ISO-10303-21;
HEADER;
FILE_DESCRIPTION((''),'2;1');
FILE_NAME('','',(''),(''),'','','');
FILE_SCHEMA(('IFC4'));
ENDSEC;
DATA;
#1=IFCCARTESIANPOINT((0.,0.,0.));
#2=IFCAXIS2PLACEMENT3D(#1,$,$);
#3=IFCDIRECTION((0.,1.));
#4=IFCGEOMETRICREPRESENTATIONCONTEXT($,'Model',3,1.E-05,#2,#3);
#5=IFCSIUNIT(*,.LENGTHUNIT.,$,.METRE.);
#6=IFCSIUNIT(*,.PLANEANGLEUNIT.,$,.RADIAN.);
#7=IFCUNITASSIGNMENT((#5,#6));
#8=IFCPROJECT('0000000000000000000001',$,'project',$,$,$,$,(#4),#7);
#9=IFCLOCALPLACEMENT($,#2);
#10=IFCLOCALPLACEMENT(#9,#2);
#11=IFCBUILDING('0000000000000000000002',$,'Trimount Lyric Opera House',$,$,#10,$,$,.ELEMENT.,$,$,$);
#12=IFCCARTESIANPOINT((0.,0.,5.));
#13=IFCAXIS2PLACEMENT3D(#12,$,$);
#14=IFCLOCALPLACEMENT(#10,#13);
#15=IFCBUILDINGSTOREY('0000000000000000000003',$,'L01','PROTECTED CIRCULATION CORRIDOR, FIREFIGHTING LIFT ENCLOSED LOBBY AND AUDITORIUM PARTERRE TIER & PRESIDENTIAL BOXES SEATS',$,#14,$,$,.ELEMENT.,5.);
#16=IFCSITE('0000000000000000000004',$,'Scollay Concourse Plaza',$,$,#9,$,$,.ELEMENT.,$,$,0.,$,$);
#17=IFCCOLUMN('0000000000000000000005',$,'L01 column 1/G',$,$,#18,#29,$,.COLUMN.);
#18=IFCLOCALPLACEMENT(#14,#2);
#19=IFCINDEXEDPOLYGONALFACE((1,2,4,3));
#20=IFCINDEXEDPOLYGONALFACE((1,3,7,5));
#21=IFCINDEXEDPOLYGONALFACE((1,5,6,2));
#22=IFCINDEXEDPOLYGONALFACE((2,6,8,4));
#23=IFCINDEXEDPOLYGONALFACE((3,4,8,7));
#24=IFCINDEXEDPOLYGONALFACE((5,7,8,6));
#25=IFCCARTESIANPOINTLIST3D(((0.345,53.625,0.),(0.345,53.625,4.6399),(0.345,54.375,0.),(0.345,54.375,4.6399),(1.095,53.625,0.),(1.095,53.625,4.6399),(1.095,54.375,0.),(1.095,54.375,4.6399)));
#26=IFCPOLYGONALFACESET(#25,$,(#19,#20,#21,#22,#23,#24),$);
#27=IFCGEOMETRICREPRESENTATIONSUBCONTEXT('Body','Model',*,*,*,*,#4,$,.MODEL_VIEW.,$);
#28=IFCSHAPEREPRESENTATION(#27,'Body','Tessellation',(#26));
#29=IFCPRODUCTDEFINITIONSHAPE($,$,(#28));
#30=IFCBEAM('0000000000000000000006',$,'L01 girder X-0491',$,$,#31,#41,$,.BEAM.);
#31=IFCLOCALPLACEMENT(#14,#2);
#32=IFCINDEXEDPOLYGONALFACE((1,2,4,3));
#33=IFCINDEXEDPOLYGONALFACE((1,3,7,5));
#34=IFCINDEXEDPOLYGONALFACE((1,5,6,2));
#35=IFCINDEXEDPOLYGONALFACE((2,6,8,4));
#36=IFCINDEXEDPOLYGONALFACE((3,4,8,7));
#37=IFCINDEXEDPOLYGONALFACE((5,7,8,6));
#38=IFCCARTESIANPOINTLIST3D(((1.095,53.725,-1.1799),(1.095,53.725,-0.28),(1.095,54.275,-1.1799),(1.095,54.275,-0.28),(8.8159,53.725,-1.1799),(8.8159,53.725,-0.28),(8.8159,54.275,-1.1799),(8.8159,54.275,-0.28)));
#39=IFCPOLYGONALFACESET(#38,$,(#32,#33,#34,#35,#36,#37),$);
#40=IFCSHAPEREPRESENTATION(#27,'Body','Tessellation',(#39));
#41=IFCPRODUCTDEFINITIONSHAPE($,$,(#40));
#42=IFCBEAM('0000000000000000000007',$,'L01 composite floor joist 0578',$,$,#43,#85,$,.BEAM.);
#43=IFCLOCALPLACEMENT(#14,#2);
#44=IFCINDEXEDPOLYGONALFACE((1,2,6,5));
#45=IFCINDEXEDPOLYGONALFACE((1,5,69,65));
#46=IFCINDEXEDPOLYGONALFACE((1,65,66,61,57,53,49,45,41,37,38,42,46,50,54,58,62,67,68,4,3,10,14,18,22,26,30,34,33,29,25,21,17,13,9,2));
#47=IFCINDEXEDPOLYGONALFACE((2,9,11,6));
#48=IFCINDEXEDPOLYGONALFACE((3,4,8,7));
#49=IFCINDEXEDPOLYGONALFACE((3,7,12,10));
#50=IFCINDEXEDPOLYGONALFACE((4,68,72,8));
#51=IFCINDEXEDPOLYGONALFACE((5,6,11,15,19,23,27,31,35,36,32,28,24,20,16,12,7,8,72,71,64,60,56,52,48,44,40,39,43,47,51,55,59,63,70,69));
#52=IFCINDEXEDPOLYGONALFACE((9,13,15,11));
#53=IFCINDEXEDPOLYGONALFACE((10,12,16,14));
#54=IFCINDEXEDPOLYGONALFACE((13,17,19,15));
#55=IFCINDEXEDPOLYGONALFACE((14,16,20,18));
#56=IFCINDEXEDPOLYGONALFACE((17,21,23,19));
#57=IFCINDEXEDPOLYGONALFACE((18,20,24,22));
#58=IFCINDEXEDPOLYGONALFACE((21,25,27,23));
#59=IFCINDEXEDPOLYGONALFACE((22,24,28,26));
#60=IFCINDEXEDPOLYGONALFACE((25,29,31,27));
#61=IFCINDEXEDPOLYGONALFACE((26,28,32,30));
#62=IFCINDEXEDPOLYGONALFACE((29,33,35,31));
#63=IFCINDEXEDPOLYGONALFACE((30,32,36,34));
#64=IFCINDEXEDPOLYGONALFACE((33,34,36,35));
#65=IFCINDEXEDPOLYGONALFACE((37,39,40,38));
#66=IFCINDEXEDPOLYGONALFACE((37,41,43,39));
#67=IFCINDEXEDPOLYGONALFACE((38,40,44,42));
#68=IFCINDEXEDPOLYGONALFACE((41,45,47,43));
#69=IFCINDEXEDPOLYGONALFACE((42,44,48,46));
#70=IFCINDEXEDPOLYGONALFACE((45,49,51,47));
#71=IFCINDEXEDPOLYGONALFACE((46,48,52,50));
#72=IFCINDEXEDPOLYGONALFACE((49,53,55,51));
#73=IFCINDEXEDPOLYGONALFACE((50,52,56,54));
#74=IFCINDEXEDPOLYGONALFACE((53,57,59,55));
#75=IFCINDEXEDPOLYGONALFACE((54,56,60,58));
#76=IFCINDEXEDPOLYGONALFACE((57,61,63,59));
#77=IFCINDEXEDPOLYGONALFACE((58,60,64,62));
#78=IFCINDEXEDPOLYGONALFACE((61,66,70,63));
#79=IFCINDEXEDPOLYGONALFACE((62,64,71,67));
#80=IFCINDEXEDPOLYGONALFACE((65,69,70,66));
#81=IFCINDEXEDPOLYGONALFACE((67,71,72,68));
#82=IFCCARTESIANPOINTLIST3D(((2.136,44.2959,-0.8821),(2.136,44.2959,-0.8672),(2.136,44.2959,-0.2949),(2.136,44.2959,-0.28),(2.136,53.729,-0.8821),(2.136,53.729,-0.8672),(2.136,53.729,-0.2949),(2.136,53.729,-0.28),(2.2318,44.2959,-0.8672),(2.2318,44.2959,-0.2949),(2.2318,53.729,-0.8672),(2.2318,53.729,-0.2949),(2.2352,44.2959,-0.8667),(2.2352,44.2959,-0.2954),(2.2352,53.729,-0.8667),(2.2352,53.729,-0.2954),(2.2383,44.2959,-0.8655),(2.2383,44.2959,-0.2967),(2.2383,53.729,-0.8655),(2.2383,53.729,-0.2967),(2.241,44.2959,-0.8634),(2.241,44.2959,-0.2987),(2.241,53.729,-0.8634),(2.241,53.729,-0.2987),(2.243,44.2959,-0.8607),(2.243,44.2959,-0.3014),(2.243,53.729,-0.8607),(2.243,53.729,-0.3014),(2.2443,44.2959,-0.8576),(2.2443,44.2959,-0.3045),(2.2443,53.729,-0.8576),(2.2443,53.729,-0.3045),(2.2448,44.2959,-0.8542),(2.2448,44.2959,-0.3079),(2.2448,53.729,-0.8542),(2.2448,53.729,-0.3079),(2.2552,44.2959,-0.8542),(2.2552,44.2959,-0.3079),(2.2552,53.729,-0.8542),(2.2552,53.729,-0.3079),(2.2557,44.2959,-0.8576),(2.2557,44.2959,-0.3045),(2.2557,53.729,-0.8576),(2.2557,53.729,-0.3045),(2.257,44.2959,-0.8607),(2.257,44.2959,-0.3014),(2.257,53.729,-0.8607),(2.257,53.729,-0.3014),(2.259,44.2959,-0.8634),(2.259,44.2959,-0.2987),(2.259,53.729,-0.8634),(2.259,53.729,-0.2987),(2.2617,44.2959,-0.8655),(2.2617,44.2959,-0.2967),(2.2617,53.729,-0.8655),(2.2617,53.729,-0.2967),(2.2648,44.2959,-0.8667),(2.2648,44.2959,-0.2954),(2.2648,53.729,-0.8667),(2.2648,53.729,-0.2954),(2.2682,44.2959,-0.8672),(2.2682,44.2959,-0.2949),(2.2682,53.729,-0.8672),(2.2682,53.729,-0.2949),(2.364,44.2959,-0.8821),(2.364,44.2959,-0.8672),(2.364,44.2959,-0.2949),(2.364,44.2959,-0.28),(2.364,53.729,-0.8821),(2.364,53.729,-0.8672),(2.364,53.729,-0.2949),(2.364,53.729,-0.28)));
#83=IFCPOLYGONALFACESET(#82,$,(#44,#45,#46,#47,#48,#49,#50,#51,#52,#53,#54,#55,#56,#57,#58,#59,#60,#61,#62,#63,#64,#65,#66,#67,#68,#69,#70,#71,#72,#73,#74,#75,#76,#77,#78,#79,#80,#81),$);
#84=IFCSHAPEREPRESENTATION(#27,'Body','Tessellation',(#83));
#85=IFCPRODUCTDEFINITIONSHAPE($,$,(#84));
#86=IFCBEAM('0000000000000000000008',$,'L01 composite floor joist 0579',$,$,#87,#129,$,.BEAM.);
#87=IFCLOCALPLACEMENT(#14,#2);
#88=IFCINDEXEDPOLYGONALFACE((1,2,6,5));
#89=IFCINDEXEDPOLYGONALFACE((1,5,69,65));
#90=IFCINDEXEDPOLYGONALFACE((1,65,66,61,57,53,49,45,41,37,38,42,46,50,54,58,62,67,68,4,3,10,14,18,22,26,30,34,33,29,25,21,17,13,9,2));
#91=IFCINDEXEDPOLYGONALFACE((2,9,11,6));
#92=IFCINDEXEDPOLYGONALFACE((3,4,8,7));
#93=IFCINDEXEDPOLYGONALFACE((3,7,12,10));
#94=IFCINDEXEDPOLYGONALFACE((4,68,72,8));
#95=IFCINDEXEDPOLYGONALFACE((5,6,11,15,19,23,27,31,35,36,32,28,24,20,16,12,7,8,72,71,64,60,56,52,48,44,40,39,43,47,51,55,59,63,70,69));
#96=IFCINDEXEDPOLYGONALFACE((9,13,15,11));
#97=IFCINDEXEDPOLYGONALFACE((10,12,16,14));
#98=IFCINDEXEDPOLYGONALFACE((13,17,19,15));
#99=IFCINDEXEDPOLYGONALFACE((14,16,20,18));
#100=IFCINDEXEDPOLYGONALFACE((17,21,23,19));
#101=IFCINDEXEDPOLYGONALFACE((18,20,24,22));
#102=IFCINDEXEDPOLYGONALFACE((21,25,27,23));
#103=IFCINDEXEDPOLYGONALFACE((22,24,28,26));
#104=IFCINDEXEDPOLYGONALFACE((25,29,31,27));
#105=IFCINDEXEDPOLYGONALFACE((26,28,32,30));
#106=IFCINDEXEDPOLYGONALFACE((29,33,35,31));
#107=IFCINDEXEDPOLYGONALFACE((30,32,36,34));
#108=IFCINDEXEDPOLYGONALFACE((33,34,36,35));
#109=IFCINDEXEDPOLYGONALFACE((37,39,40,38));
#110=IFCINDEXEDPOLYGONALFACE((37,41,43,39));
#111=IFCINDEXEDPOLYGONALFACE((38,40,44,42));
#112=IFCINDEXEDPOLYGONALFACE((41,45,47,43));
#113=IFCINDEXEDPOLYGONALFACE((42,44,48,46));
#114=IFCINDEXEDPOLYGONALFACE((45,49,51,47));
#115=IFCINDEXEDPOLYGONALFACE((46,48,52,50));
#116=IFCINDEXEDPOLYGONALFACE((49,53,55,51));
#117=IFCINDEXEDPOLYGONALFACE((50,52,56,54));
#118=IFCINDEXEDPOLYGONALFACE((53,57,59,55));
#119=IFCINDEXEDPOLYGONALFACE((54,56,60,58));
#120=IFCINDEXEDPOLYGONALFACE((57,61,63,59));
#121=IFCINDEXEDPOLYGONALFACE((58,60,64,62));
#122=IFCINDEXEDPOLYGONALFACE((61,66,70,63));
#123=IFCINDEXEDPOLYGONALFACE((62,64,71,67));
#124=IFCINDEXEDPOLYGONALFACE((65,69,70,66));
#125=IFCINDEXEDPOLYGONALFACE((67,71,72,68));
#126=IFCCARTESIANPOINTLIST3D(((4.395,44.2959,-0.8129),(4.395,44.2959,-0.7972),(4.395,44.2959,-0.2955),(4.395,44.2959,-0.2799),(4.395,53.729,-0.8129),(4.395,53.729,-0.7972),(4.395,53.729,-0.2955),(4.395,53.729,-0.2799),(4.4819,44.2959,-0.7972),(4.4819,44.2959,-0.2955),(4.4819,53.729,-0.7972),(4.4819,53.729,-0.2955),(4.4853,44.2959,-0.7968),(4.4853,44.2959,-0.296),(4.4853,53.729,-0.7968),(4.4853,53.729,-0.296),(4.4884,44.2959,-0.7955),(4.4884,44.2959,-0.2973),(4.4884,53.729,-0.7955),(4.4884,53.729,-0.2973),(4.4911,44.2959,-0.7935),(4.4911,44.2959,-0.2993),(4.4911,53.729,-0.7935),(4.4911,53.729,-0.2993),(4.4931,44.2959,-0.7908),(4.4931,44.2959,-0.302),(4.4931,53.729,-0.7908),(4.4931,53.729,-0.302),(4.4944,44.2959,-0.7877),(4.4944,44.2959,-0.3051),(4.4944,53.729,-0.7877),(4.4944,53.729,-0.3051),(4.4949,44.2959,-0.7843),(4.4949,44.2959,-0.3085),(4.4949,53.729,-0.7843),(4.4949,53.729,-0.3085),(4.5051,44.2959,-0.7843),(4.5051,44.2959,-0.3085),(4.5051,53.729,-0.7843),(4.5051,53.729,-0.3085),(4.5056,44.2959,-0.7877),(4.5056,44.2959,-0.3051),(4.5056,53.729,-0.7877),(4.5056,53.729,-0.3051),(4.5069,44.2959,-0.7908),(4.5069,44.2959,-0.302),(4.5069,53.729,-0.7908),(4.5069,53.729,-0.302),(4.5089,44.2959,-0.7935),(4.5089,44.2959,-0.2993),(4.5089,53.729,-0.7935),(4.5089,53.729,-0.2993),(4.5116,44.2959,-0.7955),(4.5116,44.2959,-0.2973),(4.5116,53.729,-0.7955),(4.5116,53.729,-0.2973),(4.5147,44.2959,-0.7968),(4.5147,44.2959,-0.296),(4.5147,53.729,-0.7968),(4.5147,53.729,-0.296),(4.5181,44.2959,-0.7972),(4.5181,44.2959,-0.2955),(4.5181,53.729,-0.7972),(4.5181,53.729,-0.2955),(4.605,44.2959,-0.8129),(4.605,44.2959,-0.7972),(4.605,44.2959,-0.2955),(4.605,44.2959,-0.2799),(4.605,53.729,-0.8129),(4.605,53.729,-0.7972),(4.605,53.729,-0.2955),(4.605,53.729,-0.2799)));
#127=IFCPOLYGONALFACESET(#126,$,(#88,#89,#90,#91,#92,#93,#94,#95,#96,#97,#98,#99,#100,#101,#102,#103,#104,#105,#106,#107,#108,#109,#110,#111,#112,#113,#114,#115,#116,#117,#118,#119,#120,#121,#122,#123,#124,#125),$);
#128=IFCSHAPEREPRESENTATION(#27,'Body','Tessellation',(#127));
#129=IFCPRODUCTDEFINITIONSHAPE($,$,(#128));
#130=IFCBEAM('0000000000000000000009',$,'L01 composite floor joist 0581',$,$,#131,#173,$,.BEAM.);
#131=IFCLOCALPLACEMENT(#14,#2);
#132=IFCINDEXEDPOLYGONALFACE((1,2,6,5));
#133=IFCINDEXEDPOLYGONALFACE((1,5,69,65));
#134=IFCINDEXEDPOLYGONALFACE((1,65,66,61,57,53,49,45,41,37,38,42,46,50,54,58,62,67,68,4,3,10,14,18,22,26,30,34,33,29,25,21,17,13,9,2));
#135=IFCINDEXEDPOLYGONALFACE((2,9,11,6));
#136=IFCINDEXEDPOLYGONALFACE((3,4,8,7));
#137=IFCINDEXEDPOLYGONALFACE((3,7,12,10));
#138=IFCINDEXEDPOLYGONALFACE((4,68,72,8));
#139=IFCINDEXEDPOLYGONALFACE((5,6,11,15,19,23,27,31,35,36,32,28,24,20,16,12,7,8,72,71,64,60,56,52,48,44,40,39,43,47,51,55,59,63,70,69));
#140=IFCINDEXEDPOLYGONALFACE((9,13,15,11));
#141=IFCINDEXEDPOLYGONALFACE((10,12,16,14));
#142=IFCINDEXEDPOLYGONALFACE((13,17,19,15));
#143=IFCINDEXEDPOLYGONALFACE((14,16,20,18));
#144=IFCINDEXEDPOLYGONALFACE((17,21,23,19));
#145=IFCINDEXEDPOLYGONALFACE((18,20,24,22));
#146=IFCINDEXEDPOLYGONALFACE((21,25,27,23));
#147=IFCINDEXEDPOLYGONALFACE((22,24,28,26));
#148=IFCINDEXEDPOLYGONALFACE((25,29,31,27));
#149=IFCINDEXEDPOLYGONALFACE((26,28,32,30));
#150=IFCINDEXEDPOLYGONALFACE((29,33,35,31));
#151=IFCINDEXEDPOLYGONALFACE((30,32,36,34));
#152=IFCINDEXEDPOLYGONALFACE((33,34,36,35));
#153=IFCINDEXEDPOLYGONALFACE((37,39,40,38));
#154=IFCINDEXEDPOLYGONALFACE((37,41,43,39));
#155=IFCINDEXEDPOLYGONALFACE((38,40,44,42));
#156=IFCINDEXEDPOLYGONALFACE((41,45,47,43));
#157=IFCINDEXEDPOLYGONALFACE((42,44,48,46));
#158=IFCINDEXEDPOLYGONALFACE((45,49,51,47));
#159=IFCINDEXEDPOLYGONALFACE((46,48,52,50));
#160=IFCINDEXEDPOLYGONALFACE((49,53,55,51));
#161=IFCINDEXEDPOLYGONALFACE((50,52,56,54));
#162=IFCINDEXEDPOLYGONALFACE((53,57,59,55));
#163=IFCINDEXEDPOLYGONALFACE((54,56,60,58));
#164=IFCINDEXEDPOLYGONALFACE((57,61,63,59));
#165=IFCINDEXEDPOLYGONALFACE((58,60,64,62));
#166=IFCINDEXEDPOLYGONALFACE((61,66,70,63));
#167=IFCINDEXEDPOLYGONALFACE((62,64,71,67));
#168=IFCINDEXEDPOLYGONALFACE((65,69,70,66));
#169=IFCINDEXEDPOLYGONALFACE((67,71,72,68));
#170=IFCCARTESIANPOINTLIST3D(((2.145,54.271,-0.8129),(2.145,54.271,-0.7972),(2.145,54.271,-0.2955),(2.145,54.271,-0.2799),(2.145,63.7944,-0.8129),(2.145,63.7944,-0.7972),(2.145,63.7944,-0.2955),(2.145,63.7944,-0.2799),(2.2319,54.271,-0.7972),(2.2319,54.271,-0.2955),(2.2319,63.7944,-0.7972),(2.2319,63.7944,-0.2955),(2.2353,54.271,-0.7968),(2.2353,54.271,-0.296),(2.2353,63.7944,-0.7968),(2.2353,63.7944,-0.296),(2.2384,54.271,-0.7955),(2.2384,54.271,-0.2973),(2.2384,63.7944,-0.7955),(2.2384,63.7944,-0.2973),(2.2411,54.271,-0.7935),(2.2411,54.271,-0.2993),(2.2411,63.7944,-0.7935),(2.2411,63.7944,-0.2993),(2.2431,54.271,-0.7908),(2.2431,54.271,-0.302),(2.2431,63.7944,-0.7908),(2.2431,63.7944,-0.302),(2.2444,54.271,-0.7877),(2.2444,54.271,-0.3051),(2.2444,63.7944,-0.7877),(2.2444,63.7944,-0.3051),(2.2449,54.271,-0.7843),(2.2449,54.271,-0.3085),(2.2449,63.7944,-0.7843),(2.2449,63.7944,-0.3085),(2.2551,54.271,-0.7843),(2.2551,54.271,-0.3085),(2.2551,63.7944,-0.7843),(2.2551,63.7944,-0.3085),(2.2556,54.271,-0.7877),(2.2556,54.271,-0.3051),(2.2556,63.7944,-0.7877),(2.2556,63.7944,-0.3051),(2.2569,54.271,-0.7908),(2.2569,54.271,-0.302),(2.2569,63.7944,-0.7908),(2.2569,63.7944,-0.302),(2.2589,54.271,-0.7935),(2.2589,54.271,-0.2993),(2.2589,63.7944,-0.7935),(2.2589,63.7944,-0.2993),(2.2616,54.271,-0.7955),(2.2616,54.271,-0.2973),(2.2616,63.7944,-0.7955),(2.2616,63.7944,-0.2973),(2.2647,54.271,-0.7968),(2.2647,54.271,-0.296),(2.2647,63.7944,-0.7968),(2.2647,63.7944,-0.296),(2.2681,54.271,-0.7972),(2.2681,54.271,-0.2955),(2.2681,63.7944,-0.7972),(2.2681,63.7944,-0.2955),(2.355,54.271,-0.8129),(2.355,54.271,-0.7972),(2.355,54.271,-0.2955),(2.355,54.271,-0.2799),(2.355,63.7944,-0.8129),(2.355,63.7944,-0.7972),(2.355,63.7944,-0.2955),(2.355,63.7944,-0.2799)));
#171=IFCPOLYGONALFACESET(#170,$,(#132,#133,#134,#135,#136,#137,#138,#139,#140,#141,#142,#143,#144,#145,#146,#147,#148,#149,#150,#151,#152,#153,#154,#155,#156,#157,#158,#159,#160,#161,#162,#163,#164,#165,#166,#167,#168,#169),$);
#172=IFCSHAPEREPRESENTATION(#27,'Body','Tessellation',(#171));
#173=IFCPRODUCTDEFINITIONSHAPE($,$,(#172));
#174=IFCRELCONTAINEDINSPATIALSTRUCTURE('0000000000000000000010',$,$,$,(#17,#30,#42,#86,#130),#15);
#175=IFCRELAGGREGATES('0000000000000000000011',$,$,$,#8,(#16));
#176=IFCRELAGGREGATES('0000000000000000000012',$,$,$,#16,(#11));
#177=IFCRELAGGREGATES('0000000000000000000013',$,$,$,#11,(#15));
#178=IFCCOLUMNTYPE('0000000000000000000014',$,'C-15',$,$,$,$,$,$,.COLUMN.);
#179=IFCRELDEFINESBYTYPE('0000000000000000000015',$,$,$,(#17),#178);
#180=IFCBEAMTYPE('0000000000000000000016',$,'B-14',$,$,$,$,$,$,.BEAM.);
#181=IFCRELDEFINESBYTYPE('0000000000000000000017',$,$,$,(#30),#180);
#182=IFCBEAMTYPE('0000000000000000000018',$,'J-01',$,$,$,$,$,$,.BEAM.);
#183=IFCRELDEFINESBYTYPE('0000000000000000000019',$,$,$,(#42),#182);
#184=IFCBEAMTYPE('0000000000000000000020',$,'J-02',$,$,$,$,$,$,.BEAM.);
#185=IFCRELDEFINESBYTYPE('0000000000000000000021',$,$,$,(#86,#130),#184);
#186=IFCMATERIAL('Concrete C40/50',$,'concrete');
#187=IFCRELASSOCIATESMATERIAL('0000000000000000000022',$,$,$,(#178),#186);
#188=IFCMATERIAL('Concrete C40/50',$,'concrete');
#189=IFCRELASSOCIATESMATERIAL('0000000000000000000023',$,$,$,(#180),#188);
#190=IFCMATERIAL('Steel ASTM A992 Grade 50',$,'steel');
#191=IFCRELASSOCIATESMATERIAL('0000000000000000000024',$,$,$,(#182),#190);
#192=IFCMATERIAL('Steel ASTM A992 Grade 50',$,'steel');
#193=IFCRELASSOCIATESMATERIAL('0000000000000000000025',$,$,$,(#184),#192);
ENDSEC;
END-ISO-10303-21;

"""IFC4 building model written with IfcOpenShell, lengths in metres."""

from ifc_helpers import new_model, si_unit, direction, frame, origin, origin_2d, place, context, subcontext, project, spatial, rectangle, i_section, extrude, material, material_profile, profile_set, type_object, element, save


model = new_model("IFC4")

# Units and contexts
model_context = context("Model", 3, precision=1e-05, world=origin(), true_north=direction((0.0, 1.0)))
body_context = subcontext(model_context, "Body", "Model", "MODEL_VIEW")
ifc_project = project(units=[si_unit("LENGTHUNIT", "METRE"), si_unit("PLANEANGLEUNIT", "RADIAN")], contexts=[model_context])

# Site, building, storey
site_placement = place(None, origin())
site = spatial("IfcSite", under=ifc_project, at=site_placement, Name="Scollay Concourse Plaza", CompositionType="ELEMENT", RefElevation=0.0)
building_placement = place(site_placement, origin())
building = spatial("IfcBuilding", under=site, at=building_placement, Name="Trimount Lyric Opera House", CompositionType="ELEMENT")
storey_placement = place(building_placement, frame((0.0, 0.0, 5.0)))
storey = spatial("IfcBuildingStorey", under=building, at=storey_placement, Name="L01", Description="PROTECTED CIRCULATION CORRIDOR, FIREFIGHTING LIFT ENCLOSED LOBBY AND AUDITORIUM PARTERRE TIER & PRESIDENTIAL BOXES SEATS", CompositionType="ELEMENT", Elevation=5.0)

# Column
ifc_material_1 = material(Name="Concrete C40/50", Category="concrete")
ifc_material_profile_1 = material_profile(ifc_material_1, rectangle(XDim=0.75, YDim=0.75, at=origin_2d()), Name="RC750X750")
ifc_profile_set_1 = profile_set([ifc_material_profile_1], Name="Concrete C40/50")
column_type = type_object("IfcColumnType", Name="C-15", PredefinedType="COLUMN", material=ifc_profile_set_1)
column_placement = place(storey_placement, frame((0.72, 54.0, 0.0), z_axis=(0.0, 0.0, 1.0), x_axis=(1.0, 0.0, 0.0)))
element("IfcColumn", 1, at=column_placement, inside=storey, type_object=column_type, Name="L01 column 1/G", PredefinedType="COLUMN", context=body_context, shape_type="SweptSolid", body=[
    extrude(rectangle(XDim=0.75, YDim=0.75, at=origin_2d()), origin(), (0.0, 0.0, 1.0), 4.6399),
])

# Beams
ifc_material_2 = material(Name="Concrete C40/50", Category="concrete")
ifc_material_profile_2 = material_profile(ifc_material_2, rectangle(XDim=0.55, YDim=0.8999, at=origin_2d()), Name="RC550X900")
ifc_profile_set_2 = profile_set([ifc_material_profile_2], Name="Concrete C40/50")
beam_type_1 = type_object("IfcBeamType", Name="B-14", PredefinedType="BEAM", material=ifc_profile_set_2)
beam_1_placement = place(storey_placement, frame((1.095, 54.0, -0.73), z_axis=(1.0, 0.0, 0.0), x_axis=(0.0, 1.0, 0.0)))
element("IfcBeam", 2, at=beam_1_placement, inside=storey, type_object=beam_type_1, Name="L01 girder X-0491", PredefinedType="BEAM", context=body_context, shape_type="SweptSolid", body=[
    extrude(rectangle(XDim=0.55, YDim=0.8999, at=origin_2d()), origin(), (0.0, 0.0, 1.0), 7.7209),
])
ifc_material_3 = material(Name="Steel ASTM A992 Grade 50", Category="steel")
ifc_material_profile_3 = material_profile(ifc_material_3, i_section(OverallWidth=0.228, OverallDepth=0.6021, WebThickness=0.0105, FlangeThickness=0.0149, FilletRadius=0.0129, at=origin_2d()), Name="W24X68")
ifc_profile_set_3 = profile_set([ifc_material_profile_3], Name="Steel ASTM A992 Grade 50")
beam_type_2 = type_object("IfcBeamType", Name="J-01", PredefinedType="BEAM", material=ifc_profile_set_3)
beam_2_placement = place(storey_placement, frame((2.25, 44.2959, -0.5811), z_axis=(0.0, 1.0, 0.0), x_axis=(-1.0, 0.0, 0.0)))
element("IfcBeam", 3, at=beam_2_placement, inside=storey, type_object=beam_type_2, Name="L01 composite floor joist 0578", PredefinedType="BEAM", context=body_context, shape_type="SweptSolid", body=[
    extrude(i_section(OverallWidth=0.228, OverallDepth=0.6021, WebThickness=0.0105, FlangeThickness=0.0149, FilletRadius=0.0129, at=origin_2d()), origin(), (0.0, 0.0, 1.0), 9.4331),
])
ifc_material_4 = material(Name="Steel ASTM A992 Grade 50", Category="steel")
ifc_material_profile_4 = material_profile(ifc_material_4, i_section(OverallWidth=0.21, OverallDepth=0.533, WebThickness=0.0103, FlangeThickness=0.0156, FilletRadius=0.0129, at=origin_2d()), Name="W21X62")
ifc_profile_set_4 = profile_set([ifc_material_profile_4], Name="Steel ASTM A992 Grade 50")
beam_type_3 = type_object("IfcBeamType", Name="J-02", PredefinedType="BEAM", material=ifc_profile_set_4)
beam_3_placement = place(storey_placement, frame((4.5, 44.2959, -0.5464), z_axis=(0.0, 1.0, 0.0), x_axis=(-1.0, 0.0, 0.0)))
element("IfcBeam", 4, at=beam_3_placement, inside=storey, type_object=beam_type_3, Name="L01 composite floor joist 0579", PredefinedType="BEAM", context=body_context, shape_type="SweptSolid", body=[
    extrude(i_section(OverallWidth=0.21, OverallDepth=0.533, WebThickness=0.0103, FlangeThickness=0.0156, FilletRadius=0.0129, at=origin_2d()), origin(), (0.0, 0.0, 1.0), 9.4331),
])
beam_4_placement = place(storey_placement, frame((2.25, 54.271, -0.5464), z_axis=(0.0, 1.0, 0.0), x_axis=(-1.0, 0.0, 0.0)))
element("IfcBeam", 5, at=beam_4_placement, inside=storey, type_object=beam_type_3, Name="L01 composite floor joist 0581", PredefinedType="BEAM", context=body_context, shape_type="SweptSolid", body=[
    extrude(i_section(OverallWidth=0.21, OverallDepth=0.533, WebThickness=0.0103, FlangeThickness=0.0156, FilletRadius=0.0129, at=origin_2d()), origin(), (0.0, 0.0, 1.0), 9.5234),
])

save(model, "model.ifc")
